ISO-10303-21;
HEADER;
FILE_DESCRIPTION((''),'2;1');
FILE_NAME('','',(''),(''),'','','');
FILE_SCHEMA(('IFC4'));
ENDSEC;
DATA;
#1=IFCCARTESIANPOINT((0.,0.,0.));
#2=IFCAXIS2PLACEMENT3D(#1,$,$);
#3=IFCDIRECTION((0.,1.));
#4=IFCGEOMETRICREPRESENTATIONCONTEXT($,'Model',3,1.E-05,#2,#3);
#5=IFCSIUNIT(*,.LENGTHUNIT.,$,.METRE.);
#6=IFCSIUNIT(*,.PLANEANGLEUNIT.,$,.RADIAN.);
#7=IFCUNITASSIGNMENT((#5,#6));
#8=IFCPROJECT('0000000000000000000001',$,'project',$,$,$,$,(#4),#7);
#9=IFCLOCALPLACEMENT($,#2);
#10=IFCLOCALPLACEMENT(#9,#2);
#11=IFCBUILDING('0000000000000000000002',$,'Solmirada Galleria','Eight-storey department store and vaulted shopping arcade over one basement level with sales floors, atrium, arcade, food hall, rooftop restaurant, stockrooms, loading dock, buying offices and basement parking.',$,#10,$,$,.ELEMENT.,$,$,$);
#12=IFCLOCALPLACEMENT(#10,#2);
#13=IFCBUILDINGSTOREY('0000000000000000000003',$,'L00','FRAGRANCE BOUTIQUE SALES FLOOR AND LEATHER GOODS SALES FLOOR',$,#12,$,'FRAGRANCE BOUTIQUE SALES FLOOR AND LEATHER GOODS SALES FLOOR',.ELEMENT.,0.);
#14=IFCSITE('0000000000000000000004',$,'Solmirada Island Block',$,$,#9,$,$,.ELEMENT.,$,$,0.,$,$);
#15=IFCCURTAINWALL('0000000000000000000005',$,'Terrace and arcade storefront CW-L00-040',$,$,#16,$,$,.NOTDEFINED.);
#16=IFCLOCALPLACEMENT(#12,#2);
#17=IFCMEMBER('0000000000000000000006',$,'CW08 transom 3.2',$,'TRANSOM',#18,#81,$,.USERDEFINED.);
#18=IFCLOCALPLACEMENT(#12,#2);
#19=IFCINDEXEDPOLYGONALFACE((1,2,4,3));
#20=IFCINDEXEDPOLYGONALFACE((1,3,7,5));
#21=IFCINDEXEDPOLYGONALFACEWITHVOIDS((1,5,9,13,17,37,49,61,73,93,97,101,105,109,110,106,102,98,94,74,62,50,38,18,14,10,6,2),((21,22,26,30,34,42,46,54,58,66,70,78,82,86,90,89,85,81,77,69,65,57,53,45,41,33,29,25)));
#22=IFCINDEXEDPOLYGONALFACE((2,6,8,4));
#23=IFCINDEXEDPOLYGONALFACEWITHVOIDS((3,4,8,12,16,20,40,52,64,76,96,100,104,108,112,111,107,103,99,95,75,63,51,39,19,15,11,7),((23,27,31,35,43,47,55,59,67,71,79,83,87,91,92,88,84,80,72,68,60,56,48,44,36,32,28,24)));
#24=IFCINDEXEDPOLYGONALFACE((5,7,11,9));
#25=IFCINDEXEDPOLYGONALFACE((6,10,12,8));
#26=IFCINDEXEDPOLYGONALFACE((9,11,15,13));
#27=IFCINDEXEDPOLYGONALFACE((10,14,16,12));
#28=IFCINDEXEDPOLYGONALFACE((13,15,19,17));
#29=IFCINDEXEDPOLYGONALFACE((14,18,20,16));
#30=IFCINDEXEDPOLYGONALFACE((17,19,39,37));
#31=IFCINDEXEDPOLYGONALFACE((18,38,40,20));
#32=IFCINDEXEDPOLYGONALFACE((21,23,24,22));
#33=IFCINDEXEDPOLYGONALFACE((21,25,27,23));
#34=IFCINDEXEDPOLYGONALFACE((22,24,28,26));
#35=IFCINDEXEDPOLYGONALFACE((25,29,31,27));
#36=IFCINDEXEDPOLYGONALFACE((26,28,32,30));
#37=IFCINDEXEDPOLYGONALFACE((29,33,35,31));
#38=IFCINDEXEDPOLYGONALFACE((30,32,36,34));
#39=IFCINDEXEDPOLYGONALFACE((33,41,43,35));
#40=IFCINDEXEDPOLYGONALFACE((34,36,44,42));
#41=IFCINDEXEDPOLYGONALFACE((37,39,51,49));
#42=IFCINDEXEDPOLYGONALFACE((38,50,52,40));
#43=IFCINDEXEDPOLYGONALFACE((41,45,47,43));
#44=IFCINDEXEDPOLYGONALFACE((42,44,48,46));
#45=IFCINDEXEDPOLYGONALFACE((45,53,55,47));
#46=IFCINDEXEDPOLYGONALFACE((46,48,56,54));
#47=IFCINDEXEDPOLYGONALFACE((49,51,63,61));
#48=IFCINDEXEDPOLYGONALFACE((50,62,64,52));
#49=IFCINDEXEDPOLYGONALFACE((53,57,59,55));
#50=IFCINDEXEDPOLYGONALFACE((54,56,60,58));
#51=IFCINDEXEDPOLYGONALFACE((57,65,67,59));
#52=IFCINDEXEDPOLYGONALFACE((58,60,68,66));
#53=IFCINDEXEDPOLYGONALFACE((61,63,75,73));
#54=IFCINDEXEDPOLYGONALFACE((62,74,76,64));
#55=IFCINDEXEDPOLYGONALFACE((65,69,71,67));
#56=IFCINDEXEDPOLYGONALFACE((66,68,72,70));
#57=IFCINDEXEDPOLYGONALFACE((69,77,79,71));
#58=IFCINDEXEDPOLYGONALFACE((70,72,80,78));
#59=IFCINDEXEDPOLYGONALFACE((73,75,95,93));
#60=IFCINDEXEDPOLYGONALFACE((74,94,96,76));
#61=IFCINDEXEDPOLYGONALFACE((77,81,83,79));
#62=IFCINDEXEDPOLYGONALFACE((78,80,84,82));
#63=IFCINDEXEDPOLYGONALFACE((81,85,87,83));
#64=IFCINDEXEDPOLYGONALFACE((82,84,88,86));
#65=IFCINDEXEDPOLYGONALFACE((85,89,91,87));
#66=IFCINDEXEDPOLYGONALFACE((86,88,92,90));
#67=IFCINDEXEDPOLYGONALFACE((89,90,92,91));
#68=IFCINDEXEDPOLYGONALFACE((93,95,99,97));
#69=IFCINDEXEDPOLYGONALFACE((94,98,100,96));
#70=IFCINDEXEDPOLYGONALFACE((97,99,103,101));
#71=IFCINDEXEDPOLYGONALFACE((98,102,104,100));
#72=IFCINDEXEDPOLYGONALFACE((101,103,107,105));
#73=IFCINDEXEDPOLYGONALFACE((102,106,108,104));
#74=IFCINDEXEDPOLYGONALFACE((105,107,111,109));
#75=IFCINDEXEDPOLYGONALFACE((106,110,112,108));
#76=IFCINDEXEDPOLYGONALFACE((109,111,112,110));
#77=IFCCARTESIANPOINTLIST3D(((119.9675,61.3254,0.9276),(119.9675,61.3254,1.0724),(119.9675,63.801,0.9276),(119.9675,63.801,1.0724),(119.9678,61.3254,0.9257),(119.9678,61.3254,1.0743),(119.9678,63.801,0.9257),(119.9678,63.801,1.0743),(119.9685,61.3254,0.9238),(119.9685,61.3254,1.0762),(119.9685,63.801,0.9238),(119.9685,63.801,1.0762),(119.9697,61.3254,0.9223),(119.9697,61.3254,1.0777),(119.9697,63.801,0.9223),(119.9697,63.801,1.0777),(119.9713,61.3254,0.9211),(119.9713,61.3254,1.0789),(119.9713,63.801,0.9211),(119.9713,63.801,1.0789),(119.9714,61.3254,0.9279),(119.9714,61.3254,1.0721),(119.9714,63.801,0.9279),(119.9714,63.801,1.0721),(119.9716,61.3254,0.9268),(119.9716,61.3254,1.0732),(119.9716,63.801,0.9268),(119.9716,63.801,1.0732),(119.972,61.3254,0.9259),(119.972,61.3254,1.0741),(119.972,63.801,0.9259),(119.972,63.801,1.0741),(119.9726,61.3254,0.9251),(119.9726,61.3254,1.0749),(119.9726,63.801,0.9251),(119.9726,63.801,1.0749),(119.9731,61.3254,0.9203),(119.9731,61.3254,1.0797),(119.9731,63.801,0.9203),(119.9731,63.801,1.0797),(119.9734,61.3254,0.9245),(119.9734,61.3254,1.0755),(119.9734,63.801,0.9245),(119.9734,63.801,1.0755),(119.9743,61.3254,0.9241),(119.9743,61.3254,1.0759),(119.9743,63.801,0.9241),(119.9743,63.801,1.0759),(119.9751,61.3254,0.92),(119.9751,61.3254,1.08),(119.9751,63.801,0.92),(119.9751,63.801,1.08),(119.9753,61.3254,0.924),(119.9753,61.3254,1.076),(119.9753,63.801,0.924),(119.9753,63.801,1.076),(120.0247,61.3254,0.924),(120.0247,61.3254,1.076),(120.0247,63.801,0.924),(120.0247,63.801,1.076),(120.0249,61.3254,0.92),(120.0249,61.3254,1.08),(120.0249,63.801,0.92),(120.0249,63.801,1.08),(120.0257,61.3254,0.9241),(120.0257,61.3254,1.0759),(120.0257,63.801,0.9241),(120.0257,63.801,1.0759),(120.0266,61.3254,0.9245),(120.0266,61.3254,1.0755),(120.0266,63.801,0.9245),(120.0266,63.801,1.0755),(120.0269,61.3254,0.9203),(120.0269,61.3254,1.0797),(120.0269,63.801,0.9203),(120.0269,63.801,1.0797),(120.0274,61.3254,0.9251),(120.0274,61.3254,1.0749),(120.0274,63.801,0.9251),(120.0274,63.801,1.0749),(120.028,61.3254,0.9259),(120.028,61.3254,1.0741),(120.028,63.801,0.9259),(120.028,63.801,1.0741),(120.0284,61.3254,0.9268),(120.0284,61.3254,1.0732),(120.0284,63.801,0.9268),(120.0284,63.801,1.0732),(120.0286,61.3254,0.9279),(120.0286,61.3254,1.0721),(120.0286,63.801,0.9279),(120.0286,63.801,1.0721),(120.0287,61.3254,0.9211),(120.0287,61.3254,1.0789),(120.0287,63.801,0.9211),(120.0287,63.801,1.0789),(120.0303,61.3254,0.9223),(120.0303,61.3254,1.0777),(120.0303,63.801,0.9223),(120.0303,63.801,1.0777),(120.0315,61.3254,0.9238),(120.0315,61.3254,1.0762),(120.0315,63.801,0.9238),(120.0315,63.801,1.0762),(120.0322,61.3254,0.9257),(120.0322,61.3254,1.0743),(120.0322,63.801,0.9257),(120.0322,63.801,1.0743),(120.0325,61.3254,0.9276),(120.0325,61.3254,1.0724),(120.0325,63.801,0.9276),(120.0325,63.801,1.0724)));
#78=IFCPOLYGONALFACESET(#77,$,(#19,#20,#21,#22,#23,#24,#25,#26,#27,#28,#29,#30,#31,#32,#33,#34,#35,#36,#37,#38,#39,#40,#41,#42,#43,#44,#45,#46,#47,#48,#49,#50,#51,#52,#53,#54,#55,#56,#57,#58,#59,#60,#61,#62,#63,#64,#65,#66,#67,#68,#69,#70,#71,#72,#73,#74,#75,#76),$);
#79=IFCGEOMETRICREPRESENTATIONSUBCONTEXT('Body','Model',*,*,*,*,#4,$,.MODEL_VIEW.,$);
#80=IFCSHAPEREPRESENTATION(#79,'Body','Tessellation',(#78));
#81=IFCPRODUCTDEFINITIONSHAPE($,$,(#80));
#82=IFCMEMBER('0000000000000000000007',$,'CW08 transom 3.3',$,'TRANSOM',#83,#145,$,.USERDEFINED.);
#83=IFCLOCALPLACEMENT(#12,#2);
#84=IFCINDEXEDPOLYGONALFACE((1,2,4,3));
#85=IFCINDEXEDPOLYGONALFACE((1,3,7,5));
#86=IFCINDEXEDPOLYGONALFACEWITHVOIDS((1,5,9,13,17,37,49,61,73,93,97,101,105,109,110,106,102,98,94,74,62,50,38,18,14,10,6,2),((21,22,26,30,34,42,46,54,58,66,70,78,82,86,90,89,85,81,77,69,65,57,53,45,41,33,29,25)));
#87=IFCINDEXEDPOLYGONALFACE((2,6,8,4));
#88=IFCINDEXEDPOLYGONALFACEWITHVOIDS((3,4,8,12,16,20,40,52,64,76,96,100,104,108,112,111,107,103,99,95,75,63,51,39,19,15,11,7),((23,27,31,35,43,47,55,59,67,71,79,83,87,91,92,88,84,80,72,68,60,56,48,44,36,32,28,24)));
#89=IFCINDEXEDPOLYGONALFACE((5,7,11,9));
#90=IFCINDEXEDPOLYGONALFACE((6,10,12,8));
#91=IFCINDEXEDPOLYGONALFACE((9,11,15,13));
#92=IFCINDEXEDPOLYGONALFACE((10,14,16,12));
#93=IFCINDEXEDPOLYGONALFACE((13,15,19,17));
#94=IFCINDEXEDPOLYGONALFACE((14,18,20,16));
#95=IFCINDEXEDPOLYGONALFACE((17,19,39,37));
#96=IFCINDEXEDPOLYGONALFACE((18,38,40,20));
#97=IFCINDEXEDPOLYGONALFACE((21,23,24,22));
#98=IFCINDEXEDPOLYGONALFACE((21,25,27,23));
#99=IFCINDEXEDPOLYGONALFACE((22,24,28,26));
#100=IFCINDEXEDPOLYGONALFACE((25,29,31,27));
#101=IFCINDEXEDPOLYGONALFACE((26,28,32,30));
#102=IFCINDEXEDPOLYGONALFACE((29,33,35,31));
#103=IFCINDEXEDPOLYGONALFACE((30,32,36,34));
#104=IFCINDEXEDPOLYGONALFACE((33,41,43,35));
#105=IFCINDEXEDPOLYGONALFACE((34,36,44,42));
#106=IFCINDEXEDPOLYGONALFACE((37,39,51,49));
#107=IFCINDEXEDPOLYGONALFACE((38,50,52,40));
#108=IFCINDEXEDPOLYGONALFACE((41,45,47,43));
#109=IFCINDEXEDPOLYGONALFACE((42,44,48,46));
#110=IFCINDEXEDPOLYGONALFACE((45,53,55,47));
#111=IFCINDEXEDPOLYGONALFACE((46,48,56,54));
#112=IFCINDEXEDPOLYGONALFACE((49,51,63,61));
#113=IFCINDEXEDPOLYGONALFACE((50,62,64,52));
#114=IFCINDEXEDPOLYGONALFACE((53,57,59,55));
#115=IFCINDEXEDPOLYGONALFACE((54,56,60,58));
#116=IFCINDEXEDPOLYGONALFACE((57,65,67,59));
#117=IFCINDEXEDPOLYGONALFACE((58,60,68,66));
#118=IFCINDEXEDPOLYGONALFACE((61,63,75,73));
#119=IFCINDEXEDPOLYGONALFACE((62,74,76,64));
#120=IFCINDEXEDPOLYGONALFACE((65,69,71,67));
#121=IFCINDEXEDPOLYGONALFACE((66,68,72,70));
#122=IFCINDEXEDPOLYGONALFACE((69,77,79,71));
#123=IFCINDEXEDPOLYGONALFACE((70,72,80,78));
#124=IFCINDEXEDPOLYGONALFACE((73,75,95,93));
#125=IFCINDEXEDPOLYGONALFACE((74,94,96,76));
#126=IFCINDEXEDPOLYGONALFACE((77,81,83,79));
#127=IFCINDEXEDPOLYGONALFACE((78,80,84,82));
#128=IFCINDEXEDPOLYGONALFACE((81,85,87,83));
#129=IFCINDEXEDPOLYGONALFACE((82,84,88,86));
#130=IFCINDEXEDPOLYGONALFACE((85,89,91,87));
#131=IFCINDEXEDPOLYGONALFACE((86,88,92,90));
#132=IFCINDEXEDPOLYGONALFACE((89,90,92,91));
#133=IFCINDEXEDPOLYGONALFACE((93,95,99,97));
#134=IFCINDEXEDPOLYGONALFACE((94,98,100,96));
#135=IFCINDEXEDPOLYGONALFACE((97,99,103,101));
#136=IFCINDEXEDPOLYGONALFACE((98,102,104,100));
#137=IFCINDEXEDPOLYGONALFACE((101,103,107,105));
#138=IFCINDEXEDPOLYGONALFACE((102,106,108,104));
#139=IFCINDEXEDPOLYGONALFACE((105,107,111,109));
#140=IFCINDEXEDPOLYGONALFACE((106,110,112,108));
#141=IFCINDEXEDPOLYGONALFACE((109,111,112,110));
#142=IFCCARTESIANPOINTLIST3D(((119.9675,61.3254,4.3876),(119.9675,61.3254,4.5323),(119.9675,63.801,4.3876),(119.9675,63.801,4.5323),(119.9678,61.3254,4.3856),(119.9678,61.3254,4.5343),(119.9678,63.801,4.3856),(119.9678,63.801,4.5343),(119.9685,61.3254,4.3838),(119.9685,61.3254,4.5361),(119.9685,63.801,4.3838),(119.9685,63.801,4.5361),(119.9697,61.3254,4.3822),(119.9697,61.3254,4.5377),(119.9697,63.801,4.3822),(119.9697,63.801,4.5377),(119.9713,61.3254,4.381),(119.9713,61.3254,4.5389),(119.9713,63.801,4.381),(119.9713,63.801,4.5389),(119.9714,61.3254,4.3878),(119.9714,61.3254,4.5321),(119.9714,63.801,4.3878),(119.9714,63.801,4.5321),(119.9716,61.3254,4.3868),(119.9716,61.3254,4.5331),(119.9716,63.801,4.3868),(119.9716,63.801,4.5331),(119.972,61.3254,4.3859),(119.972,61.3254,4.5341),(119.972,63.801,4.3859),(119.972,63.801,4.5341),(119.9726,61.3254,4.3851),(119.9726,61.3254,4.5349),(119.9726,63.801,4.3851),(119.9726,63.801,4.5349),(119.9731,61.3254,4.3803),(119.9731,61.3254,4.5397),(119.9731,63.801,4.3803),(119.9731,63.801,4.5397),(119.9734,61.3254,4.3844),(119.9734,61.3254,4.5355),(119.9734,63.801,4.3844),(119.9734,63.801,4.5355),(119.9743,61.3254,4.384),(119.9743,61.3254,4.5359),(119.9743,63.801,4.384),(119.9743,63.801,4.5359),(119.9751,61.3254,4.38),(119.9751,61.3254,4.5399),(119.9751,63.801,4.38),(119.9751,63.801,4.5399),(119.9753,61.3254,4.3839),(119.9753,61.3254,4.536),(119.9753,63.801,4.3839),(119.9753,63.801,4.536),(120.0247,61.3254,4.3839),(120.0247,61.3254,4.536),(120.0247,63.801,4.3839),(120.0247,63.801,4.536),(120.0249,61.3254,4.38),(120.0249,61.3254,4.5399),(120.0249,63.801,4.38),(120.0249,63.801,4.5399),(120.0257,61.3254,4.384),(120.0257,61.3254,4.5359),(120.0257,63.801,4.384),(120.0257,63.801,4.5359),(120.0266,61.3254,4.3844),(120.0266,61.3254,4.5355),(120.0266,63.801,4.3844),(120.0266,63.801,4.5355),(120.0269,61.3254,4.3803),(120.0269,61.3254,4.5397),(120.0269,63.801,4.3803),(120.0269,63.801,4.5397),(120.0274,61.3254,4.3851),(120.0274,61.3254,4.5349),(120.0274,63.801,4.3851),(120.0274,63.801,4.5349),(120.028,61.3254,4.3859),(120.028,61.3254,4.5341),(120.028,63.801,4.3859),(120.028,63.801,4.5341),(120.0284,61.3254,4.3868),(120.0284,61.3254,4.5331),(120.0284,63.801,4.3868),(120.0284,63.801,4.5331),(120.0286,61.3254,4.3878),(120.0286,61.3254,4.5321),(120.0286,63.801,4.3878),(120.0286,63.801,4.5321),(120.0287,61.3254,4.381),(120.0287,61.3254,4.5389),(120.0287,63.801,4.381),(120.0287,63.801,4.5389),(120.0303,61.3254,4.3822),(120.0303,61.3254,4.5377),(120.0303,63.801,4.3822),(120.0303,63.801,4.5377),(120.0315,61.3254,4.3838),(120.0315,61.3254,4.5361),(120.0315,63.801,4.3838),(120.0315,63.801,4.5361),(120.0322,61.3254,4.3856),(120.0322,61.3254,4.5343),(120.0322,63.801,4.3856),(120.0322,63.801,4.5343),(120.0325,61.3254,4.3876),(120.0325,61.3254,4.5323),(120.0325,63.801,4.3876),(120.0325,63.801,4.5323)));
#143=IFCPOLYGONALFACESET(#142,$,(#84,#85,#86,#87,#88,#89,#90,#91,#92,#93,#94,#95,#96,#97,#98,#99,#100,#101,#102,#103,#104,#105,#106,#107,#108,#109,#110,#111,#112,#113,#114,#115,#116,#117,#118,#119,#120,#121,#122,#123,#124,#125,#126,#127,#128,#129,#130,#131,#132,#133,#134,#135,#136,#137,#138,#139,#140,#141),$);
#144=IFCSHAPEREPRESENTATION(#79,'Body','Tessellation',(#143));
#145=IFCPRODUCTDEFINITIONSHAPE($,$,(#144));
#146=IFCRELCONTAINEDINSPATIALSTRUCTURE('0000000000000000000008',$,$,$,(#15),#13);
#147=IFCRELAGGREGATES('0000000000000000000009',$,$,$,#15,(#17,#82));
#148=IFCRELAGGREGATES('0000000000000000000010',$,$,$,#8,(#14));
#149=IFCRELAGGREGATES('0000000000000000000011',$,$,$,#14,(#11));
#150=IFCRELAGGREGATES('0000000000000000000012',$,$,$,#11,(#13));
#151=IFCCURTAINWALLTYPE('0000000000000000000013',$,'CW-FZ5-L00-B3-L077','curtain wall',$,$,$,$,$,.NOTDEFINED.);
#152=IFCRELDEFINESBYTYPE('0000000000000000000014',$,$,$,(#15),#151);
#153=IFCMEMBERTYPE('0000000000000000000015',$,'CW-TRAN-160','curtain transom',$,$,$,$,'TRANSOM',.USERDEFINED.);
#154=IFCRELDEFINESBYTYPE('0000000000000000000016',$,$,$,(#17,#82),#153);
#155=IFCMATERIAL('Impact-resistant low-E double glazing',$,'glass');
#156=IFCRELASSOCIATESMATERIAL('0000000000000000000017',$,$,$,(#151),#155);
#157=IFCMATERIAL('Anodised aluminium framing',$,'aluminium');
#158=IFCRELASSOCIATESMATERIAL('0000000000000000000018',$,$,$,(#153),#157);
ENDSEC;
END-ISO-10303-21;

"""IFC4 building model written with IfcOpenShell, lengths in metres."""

from ifc_helpers import new_model, si_unit, direction, frame, origin, origin_2d, place, context, subcontext, project, spatial, hollow_rectangle, extrude, material, material_profile, profile_set, type_object, element, aggregate, save


model = new_model("IFC4")

# Units and contexts
model_context = context("Model", 3, precision=1e-05, world=origin(), true_north=direction((0.0, 1.0)))
body_context = subcontext(model_context, "Body", "Model", "MODEL_VIEW")
ifc_project = project(units=[si_unit("LENGTHUNIT", "METRE"), si_unit("PLANEANGLEUNIT", "RADIAN")], contexts=[model_context])

# Site, building, storey
site_placement = place(None, origin())
site = spatial("IfcSite", under=ifc_project, at=site_placement, Name="Solmirada Island Block", CompositionType="ELEMENT", RefElevation=0.0)
building_placement = place(site_placement, origin())
building = spatial("IfcBuilding", under=site, at=building_placement, Name="Solmirada Galleria", Description="Eight-storey department store and vaulted shopping arcade over one basement level with sales floors, atrium, arcade, food hall, rooftop restaurant, stockrooms, loading dock, buying offices and basement parking.", CompositionType="ELEMENT")
storey_placement = place(building_placement, origin())
storey = spatial("IfcBuildingStorey", under=building, at=storey_placement, Name="L00", Description="FRAGRANCE BOUTIQUE SALES FLOOR AND LEATHER GOODS SALES FLOOR", LongName="FRAGRANCE BOUTIQUE SALES FLOOR AND LEATHER GOODS SALES FLOOR", CompositionType="ELEMENT", Elevation=0.0)

# Curtain wall
ifc_material_1 = material(Name="Impact-resistant low-E double glazing", Category="glass")
curtain_wall_type = type_object("IfcCurtainWallType", Name="CW-FZ5-L00-B3-L077", Description="curtain wall", PredefinedType="NOTDEFINED", material=ifc_material_1)
curtain_wall_1_placement = place(storey_placement, origin())
curtain_wall_1 = element("IfcCurtainWall", 1, at=curtain_wall_1_placement, inside=storey, type_object=curtain_wall_type, Name="Terrace and arcade storefront CW-L00-040", PredefinedType="NOTDEFINED")
ifc_material_2 = material(Name="Anodised aluminium framing", Category="aluminium")

# Members
ifc_material_profile_1 = material_profile(ifc_material_2, hollow_rectangle(XDim=0.0649, YDim=0.1599, WallThickness=0.0039, InnerFilletRadius=0.0039, OuterFilletRadius=0.0076, at=origin_2d()), Name="ALU-TRAN-160X65")
ifc_profile_set_1 = profile_set([ifc_material_profile_1], Name="Anodised aluminium framing")
member_type_1 = type_object("IfcMemberType", Name="CW-TRAN-160", Description="curtain transom", ElementType="TRANSOM", PredefinedType="USERDEFINED", material=ifc_profile_set_1)
member_1_placement = place(storey_placement, frame((120.0, 61.3254, 1.0), z_axis=(0.0, 1.0, 0.0), x_axis=(-1.0, 0.0, 0.0)))
member_1 = element("IfcMember", 2, at=member_1_placement, type_object=member_type_1, Name="CW08 transom 3.2", ObjectType="TRANSOM", PredefinedType="USERDEFINED", context=body_context, shape_type="SweptSolid", body=[
    extrude(hollow_rectangle(XDim=0.0649, YDim=0.1599, WallThickness=0.0039, InnerFilletRadius=0.0039, OuterFilletRadius=0.0076, at=origin_2d()), origin(), (0.0, 0.0, 1.0), 2.4756),
])
member_2_placement = place(storey_placement, frame((120.0, 61.3254, 4.46), z_axis=(0.0, 1.0, 0.0), x_axis=(-1.0, 0.0, 0.0)))
member_2 = element("IfcMember", 3, at=member_2_placement, type_object=member_type_1, Name="CW08 transom 3.3", ObjectType="TRANSOM", PredefinedType="USERDEFINED", context=body_context, shape_type="SweptSolid", body=[
    extrude(hollow_rectangle(XDim=0.0649, YDim=0.1599, WallThickness=0.0039, InnerFilletRadius=0.0039, OuterFilletRadius=0.0076, at=origin_2d()), origin(), (0.0, 0.0, 1.0), 2.4756),
])

aggregate(curtain_wall_1, [member_1, member_2])

save(model, "model.ifc")
